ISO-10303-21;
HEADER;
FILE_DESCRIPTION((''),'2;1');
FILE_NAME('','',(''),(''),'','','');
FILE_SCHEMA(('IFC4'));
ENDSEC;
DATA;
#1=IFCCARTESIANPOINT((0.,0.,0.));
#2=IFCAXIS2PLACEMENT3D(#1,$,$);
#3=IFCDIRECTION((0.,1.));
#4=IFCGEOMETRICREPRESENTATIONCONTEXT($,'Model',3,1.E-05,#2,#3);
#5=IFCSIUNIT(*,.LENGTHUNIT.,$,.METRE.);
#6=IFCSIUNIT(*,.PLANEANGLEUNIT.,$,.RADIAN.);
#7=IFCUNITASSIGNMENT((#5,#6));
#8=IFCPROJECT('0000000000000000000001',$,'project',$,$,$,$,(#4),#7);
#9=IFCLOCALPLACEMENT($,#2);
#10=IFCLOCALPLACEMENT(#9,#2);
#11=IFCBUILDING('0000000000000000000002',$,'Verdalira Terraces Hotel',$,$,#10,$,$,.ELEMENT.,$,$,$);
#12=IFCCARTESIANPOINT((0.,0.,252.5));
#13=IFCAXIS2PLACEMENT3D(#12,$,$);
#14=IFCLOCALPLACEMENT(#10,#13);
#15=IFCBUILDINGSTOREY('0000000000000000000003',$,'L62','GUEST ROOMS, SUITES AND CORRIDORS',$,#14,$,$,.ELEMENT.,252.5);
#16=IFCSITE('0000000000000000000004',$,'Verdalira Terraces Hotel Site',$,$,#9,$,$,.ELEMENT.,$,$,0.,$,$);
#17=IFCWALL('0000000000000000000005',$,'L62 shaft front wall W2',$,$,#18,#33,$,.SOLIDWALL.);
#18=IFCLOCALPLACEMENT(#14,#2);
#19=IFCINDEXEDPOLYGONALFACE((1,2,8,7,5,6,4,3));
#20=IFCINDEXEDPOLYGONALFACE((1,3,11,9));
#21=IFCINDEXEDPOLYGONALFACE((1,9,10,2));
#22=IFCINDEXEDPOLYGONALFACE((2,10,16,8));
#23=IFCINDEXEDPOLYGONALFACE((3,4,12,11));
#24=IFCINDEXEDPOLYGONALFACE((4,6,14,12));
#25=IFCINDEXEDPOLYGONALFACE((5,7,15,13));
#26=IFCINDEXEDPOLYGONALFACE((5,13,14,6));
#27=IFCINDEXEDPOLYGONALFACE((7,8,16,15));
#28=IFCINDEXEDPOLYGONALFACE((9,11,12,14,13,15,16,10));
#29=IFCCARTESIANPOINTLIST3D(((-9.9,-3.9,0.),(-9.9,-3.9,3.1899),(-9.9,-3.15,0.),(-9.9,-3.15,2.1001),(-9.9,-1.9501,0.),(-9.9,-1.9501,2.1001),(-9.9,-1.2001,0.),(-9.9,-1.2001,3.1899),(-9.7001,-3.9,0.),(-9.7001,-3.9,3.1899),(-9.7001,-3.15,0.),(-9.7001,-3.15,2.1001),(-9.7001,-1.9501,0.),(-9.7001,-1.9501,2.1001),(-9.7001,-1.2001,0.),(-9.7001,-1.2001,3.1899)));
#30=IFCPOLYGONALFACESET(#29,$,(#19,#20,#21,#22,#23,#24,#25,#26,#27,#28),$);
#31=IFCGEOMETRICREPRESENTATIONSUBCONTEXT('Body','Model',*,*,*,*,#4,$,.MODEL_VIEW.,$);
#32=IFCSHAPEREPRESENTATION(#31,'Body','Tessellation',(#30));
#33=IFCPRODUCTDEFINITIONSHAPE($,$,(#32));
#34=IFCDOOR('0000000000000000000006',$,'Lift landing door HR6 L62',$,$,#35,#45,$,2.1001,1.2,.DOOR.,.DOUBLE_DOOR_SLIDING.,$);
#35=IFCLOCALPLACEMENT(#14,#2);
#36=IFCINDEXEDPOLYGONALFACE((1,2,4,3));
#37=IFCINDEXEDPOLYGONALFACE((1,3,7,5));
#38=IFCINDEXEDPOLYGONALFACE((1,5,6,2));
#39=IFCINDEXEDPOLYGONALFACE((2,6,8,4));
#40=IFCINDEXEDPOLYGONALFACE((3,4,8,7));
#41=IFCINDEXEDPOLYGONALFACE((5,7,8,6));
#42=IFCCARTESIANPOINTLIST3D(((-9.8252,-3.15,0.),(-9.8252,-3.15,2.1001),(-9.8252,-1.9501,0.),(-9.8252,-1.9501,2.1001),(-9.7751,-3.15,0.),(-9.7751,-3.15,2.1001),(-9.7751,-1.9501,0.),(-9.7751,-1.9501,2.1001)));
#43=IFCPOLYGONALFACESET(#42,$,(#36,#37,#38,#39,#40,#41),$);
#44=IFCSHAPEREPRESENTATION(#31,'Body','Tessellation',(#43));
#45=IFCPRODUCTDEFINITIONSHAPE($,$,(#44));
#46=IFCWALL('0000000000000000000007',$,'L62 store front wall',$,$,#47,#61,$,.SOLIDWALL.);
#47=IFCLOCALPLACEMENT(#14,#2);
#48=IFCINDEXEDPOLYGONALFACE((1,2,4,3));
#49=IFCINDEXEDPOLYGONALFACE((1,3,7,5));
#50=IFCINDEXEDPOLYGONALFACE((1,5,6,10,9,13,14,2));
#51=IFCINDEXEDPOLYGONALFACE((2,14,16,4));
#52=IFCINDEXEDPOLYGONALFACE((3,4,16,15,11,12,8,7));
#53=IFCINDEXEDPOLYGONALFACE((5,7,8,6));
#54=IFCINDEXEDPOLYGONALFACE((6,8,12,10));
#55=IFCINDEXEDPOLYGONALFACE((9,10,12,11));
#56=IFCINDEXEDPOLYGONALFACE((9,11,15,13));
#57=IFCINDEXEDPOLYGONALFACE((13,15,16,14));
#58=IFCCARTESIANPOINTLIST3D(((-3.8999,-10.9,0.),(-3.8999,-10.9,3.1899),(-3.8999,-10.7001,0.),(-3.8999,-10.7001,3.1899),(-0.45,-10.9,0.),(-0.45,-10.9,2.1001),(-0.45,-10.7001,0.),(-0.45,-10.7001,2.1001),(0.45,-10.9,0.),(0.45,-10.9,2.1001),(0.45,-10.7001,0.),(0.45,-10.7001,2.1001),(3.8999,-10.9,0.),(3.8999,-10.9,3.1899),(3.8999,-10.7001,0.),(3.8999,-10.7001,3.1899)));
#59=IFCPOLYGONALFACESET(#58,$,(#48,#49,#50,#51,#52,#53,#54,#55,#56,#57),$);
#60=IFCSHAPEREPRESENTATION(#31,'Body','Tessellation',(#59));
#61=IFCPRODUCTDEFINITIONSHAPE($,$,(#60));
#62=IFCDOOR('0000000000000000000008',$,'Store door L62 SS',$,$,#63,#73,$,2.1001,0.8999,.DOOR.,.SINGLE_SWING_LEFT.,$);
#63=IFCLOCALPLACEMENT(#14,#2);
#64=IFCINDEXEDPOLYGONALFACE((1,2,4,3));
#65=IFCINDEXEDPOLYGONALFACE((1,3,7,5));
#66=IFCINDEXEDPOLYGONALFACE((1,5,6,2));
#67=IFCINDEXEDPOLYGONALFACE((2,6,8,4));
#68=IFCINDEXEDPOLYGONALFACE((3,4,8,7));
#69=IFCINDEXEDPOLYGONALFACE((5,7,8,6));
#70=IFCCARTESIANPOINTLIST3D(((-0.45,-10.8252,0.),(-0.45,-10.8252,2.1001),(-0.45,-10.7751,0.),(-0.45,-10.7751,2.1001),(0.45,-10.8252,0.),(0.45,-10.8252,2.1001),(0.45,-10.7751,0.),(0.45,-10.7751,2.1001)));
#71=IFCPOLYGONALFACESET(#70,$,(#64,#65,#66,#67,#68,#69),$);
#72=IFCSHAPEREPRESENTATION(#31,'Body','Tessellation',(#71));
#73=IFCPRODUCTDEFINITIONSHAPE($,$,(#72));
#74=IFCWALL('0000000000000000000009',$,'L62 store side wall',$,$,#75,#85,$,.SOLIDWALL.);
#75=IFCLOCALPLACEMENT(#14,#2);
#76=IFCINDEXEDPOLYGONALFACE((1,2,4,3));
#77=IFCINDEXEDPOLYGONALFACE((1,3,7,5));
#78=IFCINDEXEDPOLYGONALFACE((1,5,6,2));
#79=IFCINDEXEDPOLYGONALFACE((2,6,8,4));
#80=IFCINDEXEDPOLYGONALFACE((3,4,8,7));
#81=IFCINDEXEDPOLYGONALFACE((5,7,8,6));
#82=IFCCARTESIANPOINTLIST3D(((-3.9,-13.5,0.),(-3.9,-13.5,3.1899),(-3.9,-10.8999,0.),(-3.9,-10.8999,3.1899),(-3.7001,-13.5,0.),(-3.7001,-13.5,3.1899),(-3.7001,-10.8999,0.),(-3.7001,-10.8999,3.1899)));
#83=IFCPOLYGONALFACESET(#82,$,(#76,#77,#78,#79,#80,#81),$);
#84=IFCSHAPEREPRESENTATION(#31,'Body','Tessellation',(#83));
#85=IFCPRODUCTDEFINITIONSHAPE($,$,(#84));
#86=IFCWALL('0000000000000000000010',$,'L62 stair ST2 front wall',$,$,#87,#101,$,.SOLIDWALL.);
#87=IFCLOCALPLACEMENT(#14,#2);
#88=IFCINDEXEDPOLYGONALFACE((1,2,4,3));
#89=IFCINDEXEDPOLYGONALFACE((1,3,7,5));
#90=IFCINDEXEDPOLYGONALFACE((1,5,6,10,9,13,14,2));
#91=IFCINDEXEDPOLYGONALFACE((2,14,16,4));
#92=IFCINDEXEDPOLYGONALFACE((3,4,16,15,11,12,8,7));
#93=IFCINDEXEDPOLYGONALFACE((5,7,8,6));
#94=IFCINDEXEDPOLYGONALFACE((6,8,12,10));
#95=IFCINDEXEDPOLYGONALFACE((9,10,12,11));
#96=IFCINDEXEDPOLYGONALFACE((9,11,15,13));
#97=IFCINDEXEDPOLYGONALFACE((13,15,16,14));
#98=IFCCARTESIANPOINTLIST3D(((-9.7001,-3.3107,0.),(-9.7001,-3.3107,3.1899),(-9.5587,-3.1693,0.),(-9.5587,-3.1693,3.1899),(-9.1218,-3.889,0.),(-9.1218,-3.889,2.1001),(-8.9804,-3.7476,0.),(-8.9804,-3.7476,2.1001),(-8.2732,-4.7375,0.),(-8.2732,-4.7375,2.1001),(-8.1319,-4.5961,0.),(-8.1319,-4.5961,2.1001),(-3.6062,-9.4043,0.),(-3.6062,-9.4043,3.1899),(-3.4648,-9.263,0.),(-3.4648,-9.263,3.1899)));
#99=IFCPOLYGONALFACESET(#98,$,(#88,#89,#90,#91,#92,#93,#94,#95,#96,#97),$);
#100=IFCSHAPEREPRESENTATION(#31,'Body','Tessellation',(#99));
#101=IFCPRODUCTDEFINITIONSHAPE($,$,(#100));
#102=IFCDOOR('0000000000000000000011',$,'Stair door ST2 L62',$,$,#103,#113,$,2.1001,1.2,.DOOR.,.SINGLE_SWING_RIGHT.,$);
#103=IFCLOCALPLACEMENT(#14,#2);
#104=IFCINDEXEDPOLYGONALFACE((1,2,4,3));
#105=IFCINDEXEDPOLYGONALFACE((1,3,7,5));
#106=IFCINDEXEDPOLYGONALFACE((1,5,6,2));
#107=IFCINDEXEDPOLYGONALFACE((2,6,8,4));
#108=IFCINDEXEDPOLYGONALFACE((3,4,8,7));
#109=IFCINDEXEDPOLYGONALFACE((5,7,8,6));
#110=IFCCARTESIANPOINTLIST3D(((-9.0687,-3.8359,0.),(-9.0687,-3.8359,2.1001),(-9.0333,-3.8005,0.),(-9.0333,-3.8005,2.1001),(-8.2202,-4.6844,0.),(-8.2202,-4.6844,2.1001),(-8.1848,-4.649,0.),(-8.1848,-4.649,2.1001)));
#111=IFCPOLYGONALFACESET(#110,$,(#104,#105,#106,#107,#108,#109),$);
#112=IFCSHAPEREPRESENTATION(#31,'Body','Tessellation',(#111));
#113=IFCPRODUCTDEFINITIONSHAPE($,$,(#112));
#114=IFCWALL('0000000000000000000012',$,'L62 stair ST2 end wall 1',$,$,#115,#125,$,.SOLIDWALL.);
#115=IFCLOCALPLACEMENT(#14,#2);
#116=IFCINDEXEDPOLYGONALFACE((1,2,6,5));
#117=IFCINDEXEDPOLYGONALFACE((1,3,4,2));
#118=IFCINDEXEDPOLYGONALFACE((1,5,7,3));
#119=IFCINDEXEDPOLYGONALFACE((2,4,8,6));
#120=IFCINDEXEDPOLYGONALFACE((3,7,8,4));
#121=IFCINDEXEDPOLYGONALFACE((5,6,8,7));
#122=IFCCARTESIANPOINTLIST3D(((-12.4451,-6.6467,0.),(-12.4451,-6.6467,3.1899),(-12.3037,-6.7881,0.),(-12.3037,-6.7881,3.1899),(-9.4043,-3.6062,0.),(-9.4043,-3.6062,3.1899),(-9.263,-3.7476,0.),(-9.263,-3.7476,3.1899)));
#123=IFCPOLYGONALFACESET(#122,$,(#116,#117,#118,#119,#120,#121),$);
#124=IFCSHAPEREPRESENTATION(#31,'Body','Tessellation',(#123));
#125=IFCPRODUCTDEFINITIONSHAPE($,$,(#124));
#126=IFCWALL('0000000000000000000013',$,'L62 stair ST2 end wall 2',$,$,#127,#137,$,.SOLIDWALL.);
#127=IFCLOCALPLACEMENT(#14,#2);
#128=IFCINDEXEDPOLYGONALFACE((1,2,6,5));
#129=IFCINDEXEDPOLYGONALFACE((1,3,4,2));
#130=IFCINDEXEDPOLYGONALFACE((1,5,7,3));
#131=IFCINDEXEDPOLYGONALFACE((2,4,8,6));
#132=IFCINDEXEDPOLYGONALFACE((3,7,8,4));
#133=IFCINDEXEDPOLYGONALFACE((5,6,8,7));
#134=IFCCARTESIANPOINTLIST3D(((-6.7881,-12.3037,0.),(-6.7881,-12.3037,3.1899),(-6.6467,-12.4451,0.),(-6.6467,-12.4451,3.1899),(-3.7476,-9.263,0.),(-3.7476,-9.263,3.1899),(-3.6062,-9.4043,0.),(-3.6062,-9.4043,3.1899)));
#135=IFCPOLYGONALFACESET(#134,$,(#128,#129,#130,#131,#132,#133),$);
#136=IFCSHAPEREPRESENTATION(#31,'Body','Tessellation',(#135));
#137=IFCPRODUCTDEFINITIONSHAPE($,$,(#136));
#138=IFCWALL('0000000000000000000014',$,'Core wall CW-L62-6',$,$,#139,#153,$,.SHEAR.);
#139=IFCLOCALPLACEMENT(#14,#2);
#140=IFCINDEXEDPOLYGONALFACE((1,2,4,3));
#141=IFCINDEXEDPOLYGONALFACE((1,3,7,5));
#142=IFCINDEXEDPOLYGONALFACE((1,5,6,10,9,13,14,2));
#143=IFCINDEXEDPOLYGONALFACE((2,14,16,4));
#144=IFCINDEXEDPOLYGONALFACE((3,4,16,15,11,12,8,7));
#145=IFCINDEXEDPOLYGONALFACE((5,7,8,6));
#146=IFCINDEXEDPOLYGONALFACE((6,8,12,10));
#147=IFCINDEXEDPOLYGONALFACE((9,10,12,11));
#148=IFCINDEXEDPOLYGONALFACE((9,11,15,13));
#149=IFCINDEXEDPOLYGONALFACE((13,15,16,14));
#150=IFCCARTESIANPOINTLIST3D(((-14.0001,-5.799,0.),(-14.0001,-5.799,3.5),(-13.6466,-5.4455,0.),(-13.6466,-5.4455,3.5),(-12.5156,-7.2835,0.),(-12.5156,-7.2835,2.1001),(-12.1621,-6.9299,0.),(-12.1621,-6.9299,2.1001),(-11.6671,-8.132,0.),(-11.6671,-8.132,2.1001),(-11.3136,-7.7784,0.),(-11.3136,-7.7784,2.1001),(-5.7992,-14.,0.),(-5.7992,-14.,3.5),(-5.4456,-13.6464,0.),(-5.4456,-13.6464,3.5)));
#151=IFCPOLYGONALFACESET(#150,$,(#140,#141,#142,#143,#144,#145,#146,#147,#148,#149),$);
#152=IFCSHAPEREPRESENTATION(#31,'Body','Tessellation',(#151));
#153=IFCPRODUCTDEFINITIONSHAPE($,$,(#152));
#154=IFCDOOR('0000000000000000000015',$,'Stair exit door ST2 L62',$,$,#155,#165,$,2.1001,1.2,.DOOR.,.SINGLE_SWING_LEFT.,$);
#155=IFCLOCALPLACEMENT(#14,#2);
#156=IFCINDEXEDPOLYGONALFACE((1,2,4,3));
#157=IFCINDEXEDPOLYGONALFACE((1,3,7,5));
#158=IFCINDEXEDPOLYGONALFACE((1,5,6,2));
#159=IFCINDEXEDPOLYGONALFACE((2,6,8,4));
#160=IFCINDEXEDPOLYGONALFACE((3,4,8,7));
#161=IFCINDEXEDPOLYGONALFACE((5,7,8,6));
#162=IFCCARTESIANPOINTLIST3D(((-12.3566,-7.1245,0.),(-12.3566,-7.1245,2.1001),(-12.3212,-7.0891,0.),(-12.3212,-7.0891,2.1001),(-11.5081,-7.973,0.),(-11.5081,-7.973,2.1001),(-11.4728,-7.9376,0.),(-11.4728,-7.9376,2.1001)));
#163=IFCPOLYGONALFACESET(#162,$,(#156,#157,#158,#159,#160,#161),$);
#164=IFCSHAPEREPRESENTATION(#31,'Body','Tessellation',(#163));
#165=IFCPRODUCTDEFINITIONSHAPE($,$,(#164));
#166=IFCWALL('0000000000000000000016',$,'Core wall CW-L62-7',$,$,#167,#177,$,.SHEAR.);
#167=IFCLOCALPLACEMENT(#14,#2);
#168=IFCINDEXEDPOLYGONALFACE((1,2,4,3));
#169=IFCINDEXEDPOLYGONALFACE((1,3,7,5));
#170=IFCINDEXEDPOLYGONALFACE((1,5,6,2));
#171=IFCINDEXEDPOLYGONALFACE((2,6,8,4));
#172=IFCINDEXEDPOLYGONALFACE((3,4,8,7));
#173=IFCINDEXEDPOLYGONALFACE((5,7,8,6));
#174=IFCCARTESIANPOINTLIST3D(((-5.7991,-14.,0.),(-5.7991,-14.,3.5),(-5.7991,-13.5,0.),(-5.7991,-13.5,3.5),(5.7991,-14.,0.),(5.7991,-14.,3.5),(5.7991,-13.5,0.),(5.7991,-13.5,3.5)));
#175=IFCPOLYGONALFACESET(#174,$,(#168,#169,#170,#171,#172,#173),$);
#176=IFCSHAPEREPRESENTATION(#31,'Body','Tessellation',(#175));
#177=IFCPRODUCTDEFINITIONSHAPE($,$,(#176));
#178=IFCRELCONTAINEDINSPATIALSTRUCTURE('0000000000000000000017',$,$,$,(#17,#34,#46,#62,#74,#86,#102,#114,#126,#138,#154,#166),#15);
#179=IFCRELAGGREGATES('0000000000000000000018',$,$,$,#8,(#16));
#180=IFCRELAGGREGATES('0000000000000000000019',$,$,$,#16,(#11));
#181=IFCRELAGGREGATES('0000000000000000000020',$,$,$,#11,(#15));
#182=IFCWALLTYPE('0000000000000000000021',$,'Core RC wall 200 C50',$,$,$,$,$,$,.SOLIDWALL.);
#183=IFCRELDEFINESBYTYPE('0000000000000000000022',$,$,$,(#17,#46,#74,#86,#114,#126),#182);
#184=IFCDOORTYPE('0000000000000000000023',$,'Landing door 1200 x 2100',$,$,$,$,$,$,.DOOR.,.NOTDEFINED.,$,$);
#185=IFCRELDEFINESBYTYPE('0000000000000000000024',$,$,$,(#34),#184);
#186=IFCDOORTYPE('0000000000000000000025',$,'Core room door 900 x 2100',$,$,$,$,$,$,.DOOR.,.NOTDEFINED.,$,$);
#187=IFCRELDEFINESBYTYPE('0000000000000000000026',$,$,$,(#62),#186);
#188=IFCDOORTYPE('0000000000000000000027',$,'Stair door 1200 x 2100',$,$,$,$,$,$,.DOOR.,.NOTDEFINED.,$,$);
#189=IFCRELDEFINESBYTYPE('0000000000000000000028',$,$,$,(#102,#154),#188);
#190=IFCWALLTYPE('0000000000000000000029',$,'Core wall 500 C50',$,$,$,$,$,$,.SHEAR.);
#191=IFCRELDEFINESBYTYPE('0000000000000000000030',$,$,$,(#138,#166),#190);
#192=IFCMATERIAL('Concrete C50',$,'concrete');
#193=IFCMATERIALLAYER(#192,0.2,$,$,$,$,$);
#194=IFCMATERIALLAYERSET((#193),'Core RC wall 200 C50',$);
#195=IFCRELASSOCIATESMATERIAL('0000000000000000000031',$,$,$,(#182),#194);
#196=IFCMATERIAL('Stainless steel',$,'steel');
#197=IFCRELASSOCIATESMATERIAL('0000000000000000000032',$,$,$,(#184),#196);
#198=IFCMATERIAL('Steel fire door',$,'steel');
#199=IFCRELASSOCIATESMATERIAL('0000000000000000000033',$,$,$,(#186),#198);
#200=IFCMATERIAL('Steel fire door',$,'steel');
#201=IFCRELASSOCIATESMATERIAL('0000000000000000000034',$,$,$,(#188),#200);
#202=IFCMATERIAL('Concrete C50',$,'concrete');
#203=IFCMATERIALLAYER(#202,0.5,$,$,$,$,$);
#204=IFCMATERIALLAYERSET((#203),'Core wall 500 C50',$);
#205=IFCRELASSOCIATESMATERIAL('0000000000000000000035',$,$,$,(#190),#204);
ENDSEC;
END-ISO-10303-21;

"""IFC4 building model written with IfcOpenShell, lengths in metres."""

from ifc_helpers import new_model, si_unit, direction, frame, frame_2d, origin, place, context, subcontext, project, spatial, rectangle, extrude, material, layer, layer_set, type_object, element, fill, save


model = new_model("IFC4")

# Units and contexts
model_context = context("Model", 3, precision=1e-05, world=origin(), true_north=direction((0.0, 1.0)))
body_context = subcontext(model_context, "Body", "Model", "MODEL_VIEW")
ifc_project = project(units=[si_unit("LENGTHUNIT", "METRE"), si_unit("PLANEANGLEUNIT", "RADIAN")], contexts=[model_context])

# Site, building, storey
site_placement = place(None, origin())
site = spatial("IfcSite", under=ifc_project, at=site_placement, Name="Verdalira Terraces Hotel Site", CompositionType="ELEMENT", RefElevation=0.0)
building_placement = place(site_placement, origin())
building = spatial("IfcBuilding", under=site, at=building_placement, Name="Verdalira Terraces Hotel", CompositionType="ELEMENT")
storey_placement = place(building_placement, frame((0.0, 0.0, 252.5)))
storey = spatial("IfcBuildingStorey", under=building, at=storey_placement, Name="L62", Description="GUEST ROOMS, SUITES AND CORRIDORS", CompositionType="ELEMENT", Elevation=252.5)

# Walls, openings, doors
ifc_material_1 = material(Name="Concrete C50", Category="concrete")
ifc_layer_1 = layer(ifc_material_1, 0.2)
ifc_layer_set_1 = layer_set([ifc_layer_1], Name="Core RC wall 200 C50")
wall_type_1 = type_object("IfcWallType", Name="Core RC wall 200 C50", PredefinedType="SOLIDWALL", material=ifc_layer_set_1)
wall_1_placement = place(storey_placement, frame((-9.8, -1.2, 0.0), z_axis=(0.0, 0.0, 1.0), x_axis=(0.0, -1.0, 0.0)))
wall_1 = element("IfcWall", 1, at=wall_1_placement, inside=storey, type_object=wall_type_1, Name="L62 shaft front wall W2", PredefinedType="SOLIDWALL", context=body_context, shape_type="SweptSolid", body=[
    extrude(rectangle(XDim=2.7, YDim=0.2, at=frame_2d((1.3501, 0.0))), origin(), (0.0, 0.0, 1.0), 3.1899),
])
opening_1_placement = place(wall_1_placement, frame((0.75, 0.0, 0.0)))
opening_1 = element("IfcOpeningElement", 2, at=opening_1_placement, cuts=wall_1, PredefinedType="OPENING", context=body_context, shape_type="SweptSolid", body=[
    extrude(rectangle(XDim=1.2, YDim=2.1001, at=frame_2d((0.6001, 1.05))), frame((0.0, 0.1099, 0.0), z_axis=(0.0, -1.0, 0.0), x_axis=(1.0, 0.0, 0.0)), (0.0, 0.0, 1.0), 0.22),
])
ifc_material_2 = material(Name="Stainless steel", Category="steel")
door_type_1 = type_object("IfcDoorType", Name="Landing door 1200 x 2100", OperationType="NOTDEFINED", PredefinedType="DOOR", material=ifc_material_2)
door_1_placement = place(opening_1_placement, origin())
door_1 = element("IfcDoor", 3, at=door_1_placement, inside=storey, type_object=door_type_1, Name="Lift landing door HR6 L62", OperationType="DOUBLE_DOOR_SLIDING", OverallHeight=2.1001, OverallWidth=1.2, PredefinedType="DOOR", context=body_context, shape_type="SweptSolid", body=[
    extrude(rectangle(XDim=1.2, YDim=2.1001, at=frame_2d((0.6001, 1.05))), frame((0.0, 0.0249, 0.0), z_axis=(0.0, -1.0, 0.0), x_axis=(1.0, 0.0, 0.0)), (0.0, 0.0, 1.0), 0.05),
])
fill(opening_1, door_1)
wall_2_placement = place(storey_placement, frame((-3.8999, -10.8, 0.0), z_axis=(0.0, 0.0, 1.0), x_axis=(1.0, 0.0, 0.0)))
wall_2 = element("IfcWall", 4, at=wall_2_placement, inside=storey, type_object=wall_type_1, Name="L62 store front wall", PredefinedType="SOLIDWALL", context=body_context, shape_type="SweptSolid", body=[
    extrude(rectangle(XDim=7.7998, YDim=0.2, at=frame_2d((3.8999, 0.0))), origin(), (0.0, 0.0, 1.0), 3.1899),
])
opening_2_placement = place(wall_2_placement, frame((3.45, 0.0, 0.0)))
opening_2 = element("IfcOpeningElement", 5, at=opening_2_placement, cuts=wall_2, PredefinedType="OPENING", context=body_context, shape_type="SweptSolid", body=[
    extrude(rectangle(XDim=0.8999, YDim=2.1001, at=frame_2d((0.45, 1.05))), frame((0.0, 0.1099, 0.0), z_axis=(0.0, -1.0, 0.0), x_axis=(1.0, 0.0, 0.0)), (0.0, 0.0, 1.0), 0.22),
])
ifc_material_3 = material(Name="Steel fire door", Category="steel")
door_type_2 = type_object("IfcDoorType", Name="Core room door 900 x 2100", OperationType="NOTDEFINED", PredefinedType="DOOR", material=ifc_material_3)
door_2_placement = place(opening_2_placement, origin())
door_2 = element("IfcDoor", 6, at=door_2_placement, inside=storey, type_object=door_type_2, Name="Store door L62 SS", OperationType="SINGLE_SWING_LEFT", OverallHeight=2.1001, OverallWidth=0.8999, PredefinedType="DOOR", context=body_context, shape_type="SweptSolid", body=[
    extrude(rectangle(XDim=0.8999, YDim=2.1001, at=frame_2d((0.45, 1.05))), frame((0.0, 0.0249, 0.0), z_axis=(0.0, -1.0, 0.0), x_axis=(1.0, 0.0, 0.0)), (0.0, 0.0, 1.0), 0.05),
])
fill(opening_2, door_2)

# Wall
wall_3_placement = place(storey_placement, frame((-3.8, -10.8999, 0.0), z_axis=(0.0, 0.0, 1.0), x_axis=(0.0, -1.0, 0.0)))
element("IfcWall", 7, at=wall_3_placement, inside=storey, type_object=wall_type_1, Name="L62 store side wall", PredefinedType="SOLIDWALL", context=body_context, shape_type="SweptSolid", body=[
    extrude(rectangle(XDim=2.6001, YDim=0.2, at=frame_2d((1.3, 0.0))), origin(), (0.0, 0.0, 1.0), 3.1899),
])

# Wall, opening, door
wall_4_placement = place(storey_placement, frame((-3.5354, -9.3337, 0.0), z_axis=(0.0, 0.0, 1.0), x_axis=(-0.707121, 0.707093, 0.0)))
wall_4 = element("IfcWall", 8, at=wall_4_placement, inside=storey, type_object=wall_type_1, Name="L62 stair ST2 front wall", PredefinedType="SOLIDWALL", context=body_context, shape_type="SweptSolid", body=[
    extrude(rectangle(XDim=8.6179, YDim=0.2, at=frame_2d((4.3091, 0.0))), origin(), (0.0, 0.0, 1.0), 3.1899),
])
opening_3_placement = place(wall_4_placement, frame((6.6001, 0.0, 0.0)))
opening_3 = element("IfcOpeningElement", 9, at=opening_3_placement, cuts=wall_4, PredefinedType="OPENING", context=body_context, shape_type="SweptSolid", body=[
    extrude(rectangle(XDim=1.2, YDim=2.1001, at=frame_2d((0.6001, 1.05))), frame((0.0, 0.1099, 0.0), z_axis=(0.0, -1.0, 0.0), x_axis=(1.0, 0.0, 0.0)), (0.0, 0.0, 1.0), 0.22),
])
ifc_material_4 = material(Name="Steel fire door", Category="steel")
door_type_3 = type_object("IfcDoorType", Name="Stair door 1200 x 2100", OperationType="NOTDEFINED", PredefinedType="DOOR", material=ifc_material_4)
door_3_placement = place(opening_3_placement, origin())
door_3 = element("IfcDoor", 10, at=door_3_placement, inside=storey, type_object=door_type_3, Name="Stair door ST2 L62", OperationType="SINGLE_SWING_RIGHT", OverallHeight=2.1001, OverallWidth=1.2, PredefinedType="DOOR", context=body_context, shape_type="SweptSolid", body=[
    extrude(rectangle(XDim=1.2, YDim=2.1001, at=frame_2d((0.6001, 1.05))), frame((0.0, 0.0249, 0.0), z_axis=(0.0, -1.0, 0.0), x_axis=(1.0, 0.0, 0.0)), (0.0, 0.0, 1.0), 0.05),
])
fill(opening_3, door_3)

# Walls
for number, where, z_axis, x_axis, name in (
    (11, (-9.3337, -3.677, 0.0), (0.0, 0.0, 1.0), (-0.707135, -0.707078, 0.0), "L62 stair ST2 end wall 1"),
    (12, (-3.677, -9.3337, 0.0), (0.0, 0.0, 1.0), (-0.707078, -0.707135, 0.0), "L62 stair ST2 end wall 2"),
):
    element("IfcWall", number, at=place(storey_placement, frame(where, z_axis=z_axis, x_axis=x_axis)), inside=storey, type_object=wall_type_1, Name=name, PredefinedType="SOLIDWALL", context=body_context, shape_type="SweptSolid", body=[
        extrude(rectangle(XDim=4.3, YDim=0.2, at=frame_2d((2.1499, 0.0))), origin(), (0.0, 0.0, 1.0), 3.1899),
    ])

# Wall, opening, door
ifc_material_5 = material(Name="Concrete C50", Category="concrete")
ifc_layer_2 = layer(ifc_material_5, 0.5)
ifc_layer_set_2 = layer_set([ifc_layer_2], Name="Core wall 500 C50")
wall_type_2 = type_object("IfcWallType", Name="Core wall 500 C50", PredefinedType="SHEAR", material=ifc_layer_set_2)
wall_5_placement = place(storey_placement, frame((-13.8232, -5.6223, 0.0), z_axis=(0.0, 0.0, 1.0), x_axis=(0.707107, -0.707107, 0.0)))
wall_5 = element("IfcWall", 13, at=wall_5_placement, inside=storey, type_object=wall_type_2, Name="Core wall CW-L62-6", PredefinedType="SHEAR", context=body_context, shape_type="SweptSolid", body=[
    extrude(rectangle(XDim=11.5979, YDim=0.5, at=frame_2d((5.7988, 0.0))), origin(), (0.0, 0.0, 1.0), 3.5),
])
opening_4_placement = place(wall_5_placement, frame((2.0991, 0.0, 0.0)))
opening_4 = element("IfcOpeningElement", 14, at=opening_4_placement, cuts=wall_5, PredefinedType="OPENING", context=body_context, shape_type="SweptSolid", body=[
    extrude(rectangle(XDim=1.2, YDim=2.1001, at=frame_2d((0.6001, 1.05))), frame((0.0, 0.26, 0.0), z_axis=(0.0, -1.0, 0.0), x_axis=(1.0, 0.0, 0.0)), (0.0, 0.0, 1.0), 0.52),
])
door_4_placement = place(opening_4_placement, origin())
door_4 = element("IfcDoor", 15, at=door_4_placement, inside=storey, type_object=door_type_3, Name="Stair exit door ST2 L62", OperationType="SINGLE_SWING_LEFT", OverallHeight=2.1001, OverallWidth=1.2, PredefinedType="DOOR", context=body_context, shape_type="SweptSolid", body=[
    extrude(rectangle(XDim=1.2, YDim=2.1001, at=frame_2d((0.6001, 1.05))), frame((0.0, 0.0249, 0.0), z_axis=(0.0, -1.0, 0.0), x_axis=(1.0, 0.0, 0.0)), (0.0, 0.0, 1.0), 0.05),
])
fill(opening_4, door_4)

# Wall
wall_6_placement = place(storey_placement, frame((-5.7991, -13.75, 0.0), z_axis=(0.0, 0.0, 1.0), x_axis=(1.0, 0.0, 0.0)))
element("IfcWall", 16, at=wall_6_placement, inside=storey, type_object=wall_type_2, Name="Core wall CW-L62-7", PredefinedType="SHEAR", context=body_context, shape_type="SweptSolid", body=[
    extrude(rectangle(XDim=11.5981, YDim=0.5, at=frame_2d((5.7991, 0.0))), origin(), (0.0, 0.0, 1.0), 3.5),
])

save(model, "model.ifc")
